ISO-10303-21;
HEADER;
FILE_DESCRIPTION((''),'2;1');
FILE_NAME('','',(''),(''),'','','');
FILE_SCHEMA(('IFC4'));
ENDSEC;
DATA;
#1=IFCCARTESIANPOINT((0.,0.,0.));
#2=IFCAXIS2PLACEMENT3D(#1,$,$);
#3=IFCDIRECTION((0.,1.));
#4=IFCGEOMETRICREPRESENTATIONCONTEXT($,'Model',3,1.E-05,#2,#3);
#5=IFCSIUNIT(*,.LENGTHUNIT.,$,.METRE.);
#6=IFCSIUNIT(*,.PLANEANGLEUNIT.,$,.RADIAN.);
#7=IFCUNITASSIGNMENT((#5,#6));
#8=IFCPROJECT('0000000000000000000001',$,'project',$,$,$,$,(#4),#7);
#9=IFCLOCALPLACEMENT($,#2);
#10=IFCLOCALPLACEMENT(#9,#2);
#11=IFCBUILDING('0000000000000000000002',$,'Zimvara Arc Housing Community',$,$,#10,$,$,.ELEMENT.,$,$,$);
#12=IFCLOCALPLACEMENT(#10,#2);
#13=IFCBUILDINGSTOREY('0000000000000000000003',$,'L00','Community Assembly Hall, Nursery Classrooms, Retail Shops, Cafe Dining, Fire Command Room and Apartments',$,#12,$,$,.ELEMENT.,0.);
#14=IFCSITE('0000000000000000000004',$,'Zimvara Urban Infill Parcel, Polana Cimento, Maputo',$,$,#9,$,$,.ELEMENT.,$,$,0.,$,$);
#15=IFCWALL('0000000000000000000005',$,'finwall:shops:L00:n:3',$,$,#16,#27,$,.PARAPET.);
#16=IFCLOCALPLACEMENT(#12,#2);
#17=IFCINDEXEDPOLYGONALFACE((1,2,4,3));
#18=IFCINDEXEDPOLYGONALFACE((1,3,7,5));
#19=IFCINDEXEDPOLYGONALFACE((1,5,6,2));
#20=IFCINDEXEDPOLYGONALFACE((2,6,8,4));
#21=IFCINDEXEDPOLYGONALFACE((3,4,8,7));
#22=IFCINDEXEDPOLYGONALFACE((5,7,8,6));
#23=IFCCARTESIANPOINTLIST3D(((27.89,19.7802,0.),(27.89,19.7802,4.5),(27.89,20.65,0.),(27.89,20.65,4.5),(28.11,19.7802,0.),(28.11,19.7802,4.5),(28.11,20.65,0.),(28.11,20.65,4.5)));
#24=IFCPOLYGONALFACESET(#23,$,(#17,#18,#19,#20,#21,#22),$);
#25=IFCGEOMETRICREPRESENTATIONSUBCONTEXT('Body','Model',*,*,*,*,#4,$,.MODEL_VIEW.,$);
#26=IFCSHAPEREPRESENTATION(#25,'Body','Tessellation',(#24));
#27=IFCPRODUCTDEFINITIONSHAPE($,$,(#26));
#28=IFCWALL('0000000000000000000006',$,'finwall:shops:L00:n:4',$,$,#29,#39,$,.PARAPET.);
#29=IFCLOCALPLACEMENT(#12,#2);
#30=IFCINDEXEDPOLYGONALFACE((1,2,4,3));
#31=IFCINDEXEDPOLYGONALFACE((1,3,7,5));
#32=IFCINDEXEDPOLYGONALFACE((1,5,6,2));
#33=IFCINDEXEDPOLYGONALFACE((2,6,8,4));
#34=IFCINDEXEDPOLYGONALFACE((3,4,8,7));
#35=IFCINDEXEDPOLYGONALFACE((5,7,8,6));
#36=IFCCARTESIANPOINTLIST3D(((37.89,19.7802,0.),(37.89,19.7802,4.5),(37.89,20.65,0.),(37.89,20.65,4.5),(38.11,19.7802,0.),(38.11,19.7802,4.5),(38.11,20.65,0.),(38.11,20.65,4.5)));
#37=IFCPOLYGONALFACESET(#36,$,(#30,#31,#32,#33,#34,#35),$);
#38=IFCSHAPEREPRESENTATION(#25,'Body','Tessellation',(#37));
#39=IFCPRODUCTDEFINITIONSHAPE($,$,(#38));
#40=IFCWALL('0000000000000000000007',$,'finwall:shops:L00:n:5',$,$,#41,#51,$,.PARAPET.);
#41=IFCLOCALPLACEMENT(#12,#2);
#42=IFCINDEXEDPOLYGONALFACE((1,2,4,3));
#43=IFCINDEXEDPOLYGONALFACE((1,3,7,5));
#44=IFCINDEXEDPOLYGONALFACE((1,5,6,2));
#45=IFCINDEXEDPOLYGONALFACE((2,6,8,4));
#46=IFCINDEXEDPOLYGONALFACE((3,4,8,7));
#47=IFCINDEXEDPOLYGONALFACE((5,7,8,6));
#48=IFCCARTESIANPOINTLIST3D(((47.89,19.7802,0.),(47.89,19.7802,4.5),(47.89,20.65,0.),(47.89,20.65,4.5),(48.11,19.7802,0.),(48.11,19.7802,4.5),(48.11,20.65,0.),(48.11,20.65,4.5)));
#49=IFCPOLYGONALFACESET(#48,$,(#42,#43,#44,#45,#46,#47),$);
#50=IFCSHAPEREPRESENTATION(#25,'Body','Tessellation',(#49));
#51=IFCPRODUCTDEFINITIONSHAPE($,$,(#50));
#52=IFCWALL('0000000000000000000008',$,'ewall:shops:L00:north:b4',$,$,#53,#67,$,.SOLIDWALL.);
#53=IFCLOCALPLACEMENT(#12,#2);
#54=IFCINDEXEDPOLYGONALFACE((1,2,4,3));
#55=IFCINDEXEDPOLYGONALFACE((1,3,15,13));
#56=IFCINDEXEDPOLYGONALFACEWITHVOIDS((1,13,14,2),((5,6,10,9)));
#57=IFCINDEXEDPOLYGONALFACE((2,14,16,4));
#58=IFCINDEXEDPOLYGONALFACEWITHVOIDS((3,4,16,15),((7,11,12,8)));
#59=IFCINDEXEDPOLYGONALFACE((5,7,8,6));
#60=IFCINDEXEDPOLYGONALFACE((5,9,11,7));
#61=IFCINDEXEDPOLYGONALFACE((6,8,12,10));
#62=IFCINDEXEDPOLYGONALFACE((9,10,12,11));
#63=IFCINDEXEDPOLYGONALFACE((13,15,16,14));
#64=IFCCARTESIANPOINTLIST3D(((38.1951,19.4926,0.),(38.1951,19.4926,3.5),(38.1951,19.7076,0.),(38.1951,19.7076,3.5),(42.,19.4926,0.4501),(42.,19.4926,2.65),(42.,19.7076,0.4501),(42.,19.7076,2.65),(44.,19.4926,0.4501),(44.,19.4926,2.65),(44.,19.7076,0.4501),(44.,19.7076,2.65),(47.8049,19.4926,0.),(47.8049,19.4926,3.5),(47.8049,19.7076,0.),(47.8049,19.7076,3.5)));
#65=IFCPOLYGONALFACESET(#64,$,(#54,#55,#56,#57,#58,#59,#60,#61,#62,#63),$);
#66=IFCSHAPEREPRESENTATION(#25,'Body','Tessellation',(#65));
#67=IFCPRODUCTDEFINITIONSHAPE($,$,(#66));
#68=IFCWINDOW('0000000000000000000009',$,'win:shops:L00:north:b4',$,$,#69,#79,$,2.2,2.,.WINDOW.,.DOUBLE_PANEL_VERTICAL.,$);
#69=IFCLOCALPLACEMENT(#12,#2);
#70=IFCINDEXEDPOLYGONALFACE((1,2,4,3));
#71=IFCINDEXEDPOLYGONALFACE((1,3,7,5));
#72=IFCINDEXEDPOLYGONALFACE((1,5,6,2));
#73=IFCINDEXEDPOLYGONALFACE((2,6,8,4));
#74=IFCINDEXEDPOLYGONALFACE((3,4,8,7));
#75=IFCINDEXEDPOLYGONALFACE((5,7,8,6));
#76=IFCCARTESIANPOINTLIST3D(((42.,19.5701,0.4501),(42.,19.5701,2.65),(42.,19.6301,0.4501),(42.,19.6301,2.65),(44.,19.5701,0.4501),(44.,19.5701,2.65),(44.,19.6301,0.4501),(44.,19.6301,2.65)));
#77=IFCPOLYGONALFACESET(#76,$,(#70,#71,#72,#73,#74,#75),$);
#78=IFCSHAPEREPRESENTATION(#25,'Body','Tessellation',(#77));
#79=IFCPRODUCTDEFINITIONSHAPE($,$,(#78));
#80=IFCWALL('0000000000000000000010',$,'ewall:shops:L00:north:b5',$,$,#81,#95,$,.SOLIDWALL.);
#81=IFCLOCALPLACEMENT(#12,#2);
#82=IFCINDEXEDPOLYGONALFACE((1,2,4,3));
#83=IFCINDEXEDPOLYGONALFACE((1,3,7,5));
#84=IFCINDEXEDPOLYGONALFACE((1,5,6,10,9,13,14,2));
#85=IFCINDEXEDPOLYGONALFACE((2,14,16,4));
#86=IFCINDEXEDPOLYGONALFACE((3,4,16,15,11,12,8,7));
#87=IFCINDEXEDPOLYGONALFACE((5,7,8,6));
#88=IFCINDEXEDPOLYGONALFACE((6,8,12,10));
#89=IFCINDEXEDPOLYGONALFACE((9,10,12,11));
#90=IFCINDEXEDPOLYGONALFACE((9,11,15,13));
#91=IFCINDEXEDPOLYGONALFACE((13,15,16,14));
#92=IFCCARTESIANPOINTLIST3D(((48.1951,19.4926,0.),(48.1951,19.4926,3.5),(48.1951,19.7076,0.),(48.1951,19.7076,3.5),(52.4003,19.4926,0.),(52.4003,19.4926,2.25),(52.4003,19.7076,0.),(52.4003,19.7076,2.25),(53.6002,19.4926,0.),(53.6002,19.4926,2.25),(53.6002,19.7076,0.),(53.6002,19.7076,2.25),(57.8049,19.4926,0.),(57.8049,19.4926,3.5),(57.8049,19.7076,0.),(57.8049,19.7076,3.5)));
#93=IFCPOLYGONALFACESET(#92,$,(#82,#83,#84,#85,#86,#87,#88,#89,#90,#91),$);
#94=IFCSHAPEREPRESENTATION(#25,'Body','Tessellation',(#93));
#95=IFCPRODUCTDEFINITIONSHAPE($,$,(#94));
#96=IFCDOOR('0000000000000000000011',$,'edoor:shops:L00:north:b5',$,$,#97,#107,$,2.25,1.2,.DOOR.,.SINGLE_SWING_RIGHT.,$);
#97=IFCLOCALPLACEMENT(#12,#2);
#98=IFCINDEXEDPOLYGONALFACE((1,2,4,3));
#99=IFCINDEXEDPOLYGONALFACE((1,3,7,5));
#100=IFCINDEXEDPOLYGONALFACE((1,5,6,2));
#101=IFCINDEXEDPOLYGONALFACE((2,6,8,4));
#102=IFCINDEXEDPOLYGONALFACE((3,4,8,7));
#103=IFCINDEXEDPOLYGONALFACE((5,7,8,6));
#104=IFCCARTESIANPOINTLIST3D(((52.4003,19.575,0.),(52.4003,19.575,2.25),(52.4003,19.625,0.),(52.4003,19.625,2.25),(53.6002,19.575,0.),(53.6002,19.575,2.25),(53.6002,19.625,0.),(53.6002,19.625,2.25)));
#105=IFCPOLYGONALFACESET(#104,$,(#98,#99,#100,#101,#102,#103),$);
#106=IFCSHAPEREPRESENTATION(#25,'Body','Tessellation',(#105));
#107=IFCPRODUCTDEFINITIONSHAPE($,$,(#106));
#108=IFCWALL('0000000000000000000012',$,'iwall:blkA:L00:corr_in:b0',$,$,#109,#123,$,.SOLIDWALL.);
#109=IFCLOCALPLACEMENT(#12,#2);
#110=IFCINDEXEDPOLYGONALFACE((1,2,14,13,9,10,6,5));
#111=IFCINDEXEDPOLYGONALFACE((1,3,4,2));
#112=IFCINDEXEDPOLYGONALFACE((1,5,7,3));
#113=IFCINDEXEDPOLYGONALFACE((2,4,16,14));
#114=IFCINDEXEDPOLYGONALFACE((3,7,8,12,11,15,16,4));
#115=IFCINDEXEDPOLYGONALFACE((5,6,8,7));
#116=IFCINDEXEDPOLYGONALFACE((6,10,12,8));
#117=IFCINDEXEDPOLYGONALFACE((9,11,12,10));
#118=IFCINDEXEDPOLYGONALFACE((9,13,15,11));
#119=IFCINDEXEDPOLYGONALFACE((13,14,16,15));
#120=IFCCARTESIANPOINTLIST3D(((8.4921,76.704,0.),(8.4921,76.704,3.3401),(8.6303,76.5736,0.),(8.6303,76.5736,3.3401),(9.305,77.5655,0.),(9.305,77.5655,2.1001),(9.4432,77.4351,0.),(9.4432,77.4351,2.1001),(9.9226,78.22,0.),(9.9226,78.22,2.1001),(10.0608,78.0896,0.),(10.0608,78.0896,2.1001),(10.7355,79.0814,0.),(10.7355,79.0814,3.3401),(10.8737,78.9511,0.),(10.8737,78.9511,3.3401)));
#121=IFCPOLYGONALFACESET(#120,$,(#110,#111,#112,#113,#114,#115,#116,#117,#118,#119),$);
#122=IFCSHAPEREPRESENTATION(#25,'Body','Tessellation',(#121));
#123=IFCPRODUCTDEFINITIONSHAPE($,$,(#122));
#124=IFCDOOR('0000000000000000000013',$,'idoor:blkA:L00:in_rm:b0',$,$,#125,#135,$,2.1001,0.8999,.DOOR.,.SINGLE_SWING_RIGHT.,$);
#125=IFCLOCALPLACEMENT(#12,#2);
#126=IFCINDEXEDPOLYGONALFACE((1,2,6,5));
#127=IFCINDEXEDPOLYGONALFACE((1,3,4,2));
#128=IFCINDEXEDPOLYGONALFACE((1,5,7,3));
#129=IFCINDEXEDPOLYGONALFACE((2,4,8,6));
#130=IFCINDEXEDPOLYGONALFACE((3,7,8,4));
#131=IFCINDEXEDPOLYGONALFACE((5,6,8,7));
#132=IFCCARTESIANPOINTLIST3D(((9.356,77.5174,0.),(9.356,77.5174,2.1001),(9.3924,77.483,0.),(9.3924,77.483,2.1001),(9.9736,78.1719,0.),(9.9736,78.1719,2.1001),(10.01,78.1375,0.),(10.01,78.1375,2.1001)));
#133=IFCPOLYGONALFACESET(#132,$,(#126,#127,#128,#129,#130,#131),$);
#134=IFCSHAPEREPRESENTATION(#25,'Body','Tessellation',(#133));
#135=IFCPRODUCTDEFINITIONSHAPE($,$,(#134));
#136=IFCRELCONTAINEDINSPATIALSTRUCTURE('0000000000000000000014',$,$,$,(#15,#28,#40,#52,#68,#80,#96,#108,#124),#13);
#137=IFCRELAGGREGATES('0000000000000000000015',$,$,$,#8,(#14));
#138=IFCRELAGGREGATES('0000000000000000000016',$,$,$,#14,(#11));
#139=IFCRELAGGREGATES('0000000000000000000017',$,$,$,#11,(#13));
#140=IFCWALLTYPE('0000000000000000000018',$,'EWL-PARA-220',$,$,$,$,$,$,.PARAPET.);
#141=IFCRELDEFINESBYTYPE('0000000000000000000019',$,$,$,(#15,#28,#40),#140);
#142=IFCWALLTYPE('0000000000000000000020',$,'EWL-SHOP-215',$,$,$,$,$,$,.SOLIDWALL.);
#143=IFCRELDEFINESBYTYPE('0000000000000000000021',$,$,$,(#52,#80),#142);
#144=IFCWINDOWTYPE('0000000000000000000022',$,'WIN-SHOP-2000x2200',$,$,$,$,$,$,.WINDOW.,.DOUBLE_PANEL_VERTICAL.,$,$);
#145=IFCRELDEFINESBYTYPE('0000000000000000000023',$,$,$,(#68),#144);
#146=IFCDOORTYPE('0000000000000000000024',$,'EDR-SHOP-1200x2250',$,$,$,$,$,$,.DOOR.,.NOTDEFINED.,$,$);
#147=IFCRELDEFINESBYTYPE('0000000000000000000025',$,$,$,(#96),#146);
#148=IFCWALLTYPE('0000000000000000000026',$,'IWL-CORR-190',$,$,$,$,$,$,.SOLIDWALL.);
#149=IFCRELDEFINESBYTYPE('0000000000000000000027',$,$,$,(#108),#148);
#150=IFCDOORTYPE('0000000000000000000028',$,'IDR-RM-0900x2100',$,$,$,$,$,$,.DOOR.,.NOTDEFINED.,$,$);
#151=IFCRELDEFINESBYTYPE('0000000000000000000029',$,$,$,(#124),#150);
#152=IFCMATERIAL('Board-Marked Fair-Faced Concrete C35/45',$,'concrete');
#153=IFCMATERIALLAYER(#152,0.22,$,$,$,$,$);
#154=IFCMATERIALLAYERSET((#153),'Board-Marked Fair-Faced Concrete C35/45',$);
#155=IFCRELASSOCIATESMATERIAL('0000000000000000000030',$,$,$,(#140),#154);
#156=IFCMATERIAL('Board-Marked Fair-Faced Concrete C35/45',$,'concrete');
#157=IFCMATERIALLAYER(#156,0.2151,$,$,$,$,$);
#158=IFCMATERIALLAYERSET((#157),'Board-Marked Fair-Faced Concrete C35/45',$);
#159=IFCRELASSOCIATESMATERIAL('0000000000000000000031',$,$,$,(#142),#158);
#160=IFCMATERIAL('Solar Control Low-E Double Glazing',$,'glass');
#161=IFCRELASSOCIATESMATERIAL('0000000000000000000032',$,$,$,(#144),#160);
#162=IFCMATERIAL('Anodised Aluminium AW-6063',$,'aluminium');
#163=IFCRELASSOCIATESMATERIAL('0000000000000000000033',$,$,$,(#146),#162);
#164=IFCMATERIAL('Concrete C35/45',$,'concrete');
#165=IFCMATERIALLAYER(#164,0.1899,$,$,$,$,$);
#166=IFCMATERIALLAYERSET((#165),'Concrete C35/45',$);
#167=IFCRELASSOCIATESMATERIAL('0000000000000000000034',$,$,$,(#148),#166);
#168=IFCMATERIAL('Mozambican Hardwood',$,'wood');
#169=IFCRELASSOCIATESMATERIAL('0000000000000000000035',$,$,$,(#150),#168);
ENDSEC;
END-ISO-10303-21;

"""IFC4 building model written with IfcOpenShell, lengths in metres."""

from ifc_helpers import new_model, si_unit, direction, frame, frame_2d, origin, place, context, subcontext, project, spatial, rectangle, extrude, material, layer, layer_set, type_object, element, fill, save


model = new_model("IFC4")

# Units and contexts
model_context = context("Model", 3, precision=1e-05, world=origin(), true_north=direction((0.0, 1.0)))
body_context = subcontext(model_context, "Body", "Model", "MODEL_VIEW")
ifc_project = project(units=[si_unit("LENGTHUNIT", "METRE"), si_unit("PLANEANGLEUNIT", "RADIAN")], contexts=[model_context])

# Site, building, storey
site_placement = place(None, origin())
site = spatial("IfcSite", under=ifc_project, at=site_placement, Name="Zimvara Urban Infill Parcel, Polana Cimento, Maputo", CompositionType="ELEMENT", RefElevation=0.0)
building_placement = place(site_placement, origin())
building = spatial("IfcBuilding", under=site, at=building_placement, Name="Zimvara Arc Housing Community", CompositionType="ELEMENT")
storey_placement = place(building_placement, origin())
storey = spatial("IfcBuildingStorey", under=building, at=storey_placement, Name="L00", Description="Community Assembly Hall, Nursery Classrooms, Retail Shops, Cafe Dining, Fire Command Room and Apartments", CompositionType="ELEMENT", Elevation=0.0)

# Walls
ifc_material_1 = material(Name="Board-Marked Fair-Faced Concrete C35/45", Category="concrete")
ifc_layer_1 = layer(ifc_material_1, 0.22)
ifc_layer_set_1 = layer_set([ifc_layer_1], Name="Board-Marked Fair-Faced Concrete C35/45")
wall_type_1 = type_object("IfcWallType", Name="EWL-PARA-220", PredefinedType="PARAPET", material=ifc_layer_set_1)
for number, where, z_axis, x_axis, name in (
    (1, (28.0, 19.78, 0.0), (0.0, 0.0, 1.0), (0.0, 1.0, 0.0), "finwall:shops:L00:n:3"),
    (2, (38.0, 19.78, 0.0), (0.0, 0.0, 1.0), (0.0, 1.0, 0.0), "finwall:shops:L00:n:4"),
    (3, (48.0, 19.78, 0.0), (0.0, 0.0, 1.0), (0.0, 1.0, 0.0), "finwall:shops:L00:n:5"),
):
    element("IfcWall", number, at=place(storey_placement, frame(where, z_axis=z_axis, x_axis=x_axis)), inside=storey, type_object=wall_type_1, Name=name, PredefinedType="PARAPET", context=body_context, shape_type="SweptSolid", body=[
        extrude(rectangle(XDim=0.8699, YDim=0.22, at=frame_2d((0.4351, 0.0))), origin(), (0.0, 0.0, 1.0), 4.5),
    ])

# Wall, opening, window
ifc_material_2 = material(Name="Board-Marked Fair-Faced Concrete C35/45", Category="concrete")
ifc_layer_2 = layer(ifc_material_2, 0.2151)
ifc_layer_set_2 = layer_set([ifc_layer_2], Name="Board-Marked Fair-Faced Concrete C35/45")
wall_type_2 = type_object("IfcWallType", Name="EWL-SHOP-215", PredefinedType="SOLIDWALL", material=ifc_layer_set_2)
wall_1_placement = place(storey_placement, frame((38.1951, 19.6001, 0.0), z_axis=(0.0, 0.0, 1.0), x_axis=(1.0, 0.0, 0.0)))
wall_1 = element("IfcWall", 4, at=wall_1_placement, inside=storey, type_object=wall_type_2, Name="ewall:shops:L00:north:b4", PredefinedType="SOLIDWALL", context=body_context, shape_type="SweptSolid", body=[
    extrude(rectangle(XDim=9.6099, YDim=0.2151, at=frame_2d((4.8049, 0.0))), origin(), (0.0, 0.0, 1.0), 3.5),
])
opening_1_placement = place(wall_1_placement, frame((3.8049, 0.0, 0.45)))
opening_1 = element("IfcOpeningElement", 5, at=opening_1_placement, cuts=wall_1, PredefinedType="OPENING", context=body_context, shape_type="SweptSolid", body=[
    extrude(rectangle(XDim=2.0, YDim=2.2, at=frame_2d((1.0, 1.1001))), frame((0.0, 0.1174, 0.0), z_axis=(0.0, -1.0, 0.0), x_axis=(1.0, 0.0, 0.0)), (0.0, 0.0, 1.0), 0.2351),
])
ifc_material_3 = material(Name="Solar Control Low-E Double Glazing", Category="glass")
window_type_1 = type_object("IfcWindowType", Name="WIN-SHOP-2000x2200", PartitioningType="DOUBLE_PANEL_VERTICAL", PredefinedType="WINDOW", material=ifc_material_3)
window_1_placement = place(opening_1_placement, origin())
window_1 = element("IfcWindow", 6, at=window_1_placement, inside=storey, type_object=window_type_1, Name="win:shops:L00:north:b4", OverallHeight=2.2, OverallWidth=2.0, PartitioningType="DOUBLE_PANEL_VERTICAL", PredefinedType="WINDOW", context=body_context, shape_type="SweptSolid", body=[
    extrude(rectangle(XDim=2.0, YDim=2.2, at=frame_2d((1.0, 1.1001))), frame((0.0, 0.03, 0.0), z_axis=(0.0, -1.0, 0.0), x_axis=(1.0, 0.0, 0.0)), (0.0, 0.0, 1.0), 0.0601),
])
fill(opening_1, window_1)

# Walls, openings, doors
wall_2_placement = place(storey_placement, frame((48.1951, 19.6001, 0.0), z_axis=(0.0, 0.0, 1.0), x_axis=(1.0, 0.0, 0.0)))
wall_2 = element("IfcWall", 7, at=wall_2_placement, inside=storey, type_object=wall_type_2, Name="ewall:shops:L00:north:b5", PredefinedType="SOLIDWALL", context=body_context, shape_type="SweptSolid", body=[
    extrude(rectangle(XDim=9.6099, YDim=0.2151, at=frame_2d((4.8049, 0.0))), origin(), (0.0, 0.0, 1.0), 3.5),
])
opening_2_placement = place(wall_2_placement, frame((4.2051, 0.0, 0.0)))
opening_2 = element("IfcOpeningElement", 8, at=opening_2_placement, cuts=wall_2, PredefinedType="OPENING", context=body_context, shape_type="SweptSolid", body=[
    extrude(rectangle(XDim=1.2, YDim=2.25, at=frame_2d((0.6001, 1.125))), frame((0.0, 0.1174, 0.0), z_axis=(0.0, -1.0, 0.0), x_axis=(1.0, 0.0, 0.0)), (0.0, 0.0, 1.0), 0.2351),
])
ifc_material_4 = material(Name="Anodised Aluminium AW-6063", Category="aluminium")
door_type_1 = type_object("IfcDoorType", Name="EDR-SHOP-1200x2250", OperationType="NOTDEFINED", PredefinedType="DOOR", material=ifc_material_4)
door_1_placement = place(opening_2_placement, origin())
door_1 = element("IfcDoor", 9, at=door_1_placement, inside=storey, type_object=door_type_1, Name="edoor:shops:L00:north:b5", OperationType="SINGLE_SWING_RIGHT", OverallHeight=2.25, OverallWidth=1.2, PredefinedType="DOOR", context=body_context, shape_type="SweptSolid", body=[
    extrude(rectangle(XDim=1.2, YDim=2.25, at=frame_2d((0.6001, 1.125))), frame((0.0, 0.0249, 0.0), z_axis=(0.0, -1.0, 0.0), x_axis=(1.0, 0.0, 0.0)), (0.0, 0.0, 1.0), 0.05),
])
fill(opening_2, door_1)
ifc_material_5 = material(Name="Concrete C35/45", Category="concrete")
ifc_layer_3 = layer(ifc_material_5, 0.1899)
ifc_layer_set_3 = layer_set([ifc_layer_3], Name="Concrete C35/45")
wall_type_3 = type_object("IfcWallType", Name="IWL-CORR-190", PredefinedType="SOLIDWALL", material=ifc_layer_set_3)
wall_3_placement = place(storey_placement, frame((8.5613, 76.6389, 0.0), z_axis=(0.0, 0.0, 1.0), x_axis=(0.686308, 0.727311, 0.0)))
wall_3 = element("IfcWall", 10, at=wall_3_placement, inside=storey, type_object=wall_type_3, Name="iwall:blkA:L00:corr_in:b0", PredefinedType="SOLIDWALL", context=body_context, shape_type="SweptSolid", body=[
    extrude(rectangle(XDim=3.2688, YDim=0.1899, at=frame_2d((1.6343, 0.0))), origin(), (0.0, 0.0, 1.0), 3.3401),
])
opening_3_placement = place(wall_3_placement, frame((1.1843, 0.0, 0.0)))
opening_3 = element("IfcOpeningElement", 11, at=opening_3_placement, cuts=wall_3, PredefinedType="OPENING", context=body_context, shape_type="SweptSolid", body=[
    extrude(rectangle(XDim=0.8999, YDim=2.1001, at=frame_2d((0.45, 1.05))), frame((0.0, 0.105, 0.0), z_axis=(0.0, -1.0, 0.0), x_axis=(1.0, 0.0, 0.0)), (0.0, 0.0, 1.0), 0.21),
])
ifc_material_6 = material(Name="Mozambican Hardwood", Category="wood")
door_type_2 = type_object("IfcDoorType", Name="IDR-RM-0900x2100", OperationType="NOTDEFINED", PredefinedType="DOOR", material=ifc_material_6)
door_2_placement = place(opening_3_placement, origin())
door_2 = element("IfcDoor", 12, at=door_2_placement, inside=storey, type_object=door_type_2, Name="idoor:blkA:L00:in_rm:b0", OperationType="SINGLE_SWING_RIGHT", OverallHeight=2.1001, OverallWidth=0.8999, PredefinedType="DOOR", context=body_context, shape_type="SweptSolid", body=[
    extrude(rectangle(XDim=0.8999, YDim=2.1001, at=frame_2d((0.45, 1.05))), frame((0.0, 0.0249, 0.0), z_axis=(0.0, -1.0, 0.0), x_axis=(1.0, 0.0, 0.0)), (0.0, 0.0, 1.0), 0.05),
])
fill(opening_3, door_2)

save(model, "model.ifc")
